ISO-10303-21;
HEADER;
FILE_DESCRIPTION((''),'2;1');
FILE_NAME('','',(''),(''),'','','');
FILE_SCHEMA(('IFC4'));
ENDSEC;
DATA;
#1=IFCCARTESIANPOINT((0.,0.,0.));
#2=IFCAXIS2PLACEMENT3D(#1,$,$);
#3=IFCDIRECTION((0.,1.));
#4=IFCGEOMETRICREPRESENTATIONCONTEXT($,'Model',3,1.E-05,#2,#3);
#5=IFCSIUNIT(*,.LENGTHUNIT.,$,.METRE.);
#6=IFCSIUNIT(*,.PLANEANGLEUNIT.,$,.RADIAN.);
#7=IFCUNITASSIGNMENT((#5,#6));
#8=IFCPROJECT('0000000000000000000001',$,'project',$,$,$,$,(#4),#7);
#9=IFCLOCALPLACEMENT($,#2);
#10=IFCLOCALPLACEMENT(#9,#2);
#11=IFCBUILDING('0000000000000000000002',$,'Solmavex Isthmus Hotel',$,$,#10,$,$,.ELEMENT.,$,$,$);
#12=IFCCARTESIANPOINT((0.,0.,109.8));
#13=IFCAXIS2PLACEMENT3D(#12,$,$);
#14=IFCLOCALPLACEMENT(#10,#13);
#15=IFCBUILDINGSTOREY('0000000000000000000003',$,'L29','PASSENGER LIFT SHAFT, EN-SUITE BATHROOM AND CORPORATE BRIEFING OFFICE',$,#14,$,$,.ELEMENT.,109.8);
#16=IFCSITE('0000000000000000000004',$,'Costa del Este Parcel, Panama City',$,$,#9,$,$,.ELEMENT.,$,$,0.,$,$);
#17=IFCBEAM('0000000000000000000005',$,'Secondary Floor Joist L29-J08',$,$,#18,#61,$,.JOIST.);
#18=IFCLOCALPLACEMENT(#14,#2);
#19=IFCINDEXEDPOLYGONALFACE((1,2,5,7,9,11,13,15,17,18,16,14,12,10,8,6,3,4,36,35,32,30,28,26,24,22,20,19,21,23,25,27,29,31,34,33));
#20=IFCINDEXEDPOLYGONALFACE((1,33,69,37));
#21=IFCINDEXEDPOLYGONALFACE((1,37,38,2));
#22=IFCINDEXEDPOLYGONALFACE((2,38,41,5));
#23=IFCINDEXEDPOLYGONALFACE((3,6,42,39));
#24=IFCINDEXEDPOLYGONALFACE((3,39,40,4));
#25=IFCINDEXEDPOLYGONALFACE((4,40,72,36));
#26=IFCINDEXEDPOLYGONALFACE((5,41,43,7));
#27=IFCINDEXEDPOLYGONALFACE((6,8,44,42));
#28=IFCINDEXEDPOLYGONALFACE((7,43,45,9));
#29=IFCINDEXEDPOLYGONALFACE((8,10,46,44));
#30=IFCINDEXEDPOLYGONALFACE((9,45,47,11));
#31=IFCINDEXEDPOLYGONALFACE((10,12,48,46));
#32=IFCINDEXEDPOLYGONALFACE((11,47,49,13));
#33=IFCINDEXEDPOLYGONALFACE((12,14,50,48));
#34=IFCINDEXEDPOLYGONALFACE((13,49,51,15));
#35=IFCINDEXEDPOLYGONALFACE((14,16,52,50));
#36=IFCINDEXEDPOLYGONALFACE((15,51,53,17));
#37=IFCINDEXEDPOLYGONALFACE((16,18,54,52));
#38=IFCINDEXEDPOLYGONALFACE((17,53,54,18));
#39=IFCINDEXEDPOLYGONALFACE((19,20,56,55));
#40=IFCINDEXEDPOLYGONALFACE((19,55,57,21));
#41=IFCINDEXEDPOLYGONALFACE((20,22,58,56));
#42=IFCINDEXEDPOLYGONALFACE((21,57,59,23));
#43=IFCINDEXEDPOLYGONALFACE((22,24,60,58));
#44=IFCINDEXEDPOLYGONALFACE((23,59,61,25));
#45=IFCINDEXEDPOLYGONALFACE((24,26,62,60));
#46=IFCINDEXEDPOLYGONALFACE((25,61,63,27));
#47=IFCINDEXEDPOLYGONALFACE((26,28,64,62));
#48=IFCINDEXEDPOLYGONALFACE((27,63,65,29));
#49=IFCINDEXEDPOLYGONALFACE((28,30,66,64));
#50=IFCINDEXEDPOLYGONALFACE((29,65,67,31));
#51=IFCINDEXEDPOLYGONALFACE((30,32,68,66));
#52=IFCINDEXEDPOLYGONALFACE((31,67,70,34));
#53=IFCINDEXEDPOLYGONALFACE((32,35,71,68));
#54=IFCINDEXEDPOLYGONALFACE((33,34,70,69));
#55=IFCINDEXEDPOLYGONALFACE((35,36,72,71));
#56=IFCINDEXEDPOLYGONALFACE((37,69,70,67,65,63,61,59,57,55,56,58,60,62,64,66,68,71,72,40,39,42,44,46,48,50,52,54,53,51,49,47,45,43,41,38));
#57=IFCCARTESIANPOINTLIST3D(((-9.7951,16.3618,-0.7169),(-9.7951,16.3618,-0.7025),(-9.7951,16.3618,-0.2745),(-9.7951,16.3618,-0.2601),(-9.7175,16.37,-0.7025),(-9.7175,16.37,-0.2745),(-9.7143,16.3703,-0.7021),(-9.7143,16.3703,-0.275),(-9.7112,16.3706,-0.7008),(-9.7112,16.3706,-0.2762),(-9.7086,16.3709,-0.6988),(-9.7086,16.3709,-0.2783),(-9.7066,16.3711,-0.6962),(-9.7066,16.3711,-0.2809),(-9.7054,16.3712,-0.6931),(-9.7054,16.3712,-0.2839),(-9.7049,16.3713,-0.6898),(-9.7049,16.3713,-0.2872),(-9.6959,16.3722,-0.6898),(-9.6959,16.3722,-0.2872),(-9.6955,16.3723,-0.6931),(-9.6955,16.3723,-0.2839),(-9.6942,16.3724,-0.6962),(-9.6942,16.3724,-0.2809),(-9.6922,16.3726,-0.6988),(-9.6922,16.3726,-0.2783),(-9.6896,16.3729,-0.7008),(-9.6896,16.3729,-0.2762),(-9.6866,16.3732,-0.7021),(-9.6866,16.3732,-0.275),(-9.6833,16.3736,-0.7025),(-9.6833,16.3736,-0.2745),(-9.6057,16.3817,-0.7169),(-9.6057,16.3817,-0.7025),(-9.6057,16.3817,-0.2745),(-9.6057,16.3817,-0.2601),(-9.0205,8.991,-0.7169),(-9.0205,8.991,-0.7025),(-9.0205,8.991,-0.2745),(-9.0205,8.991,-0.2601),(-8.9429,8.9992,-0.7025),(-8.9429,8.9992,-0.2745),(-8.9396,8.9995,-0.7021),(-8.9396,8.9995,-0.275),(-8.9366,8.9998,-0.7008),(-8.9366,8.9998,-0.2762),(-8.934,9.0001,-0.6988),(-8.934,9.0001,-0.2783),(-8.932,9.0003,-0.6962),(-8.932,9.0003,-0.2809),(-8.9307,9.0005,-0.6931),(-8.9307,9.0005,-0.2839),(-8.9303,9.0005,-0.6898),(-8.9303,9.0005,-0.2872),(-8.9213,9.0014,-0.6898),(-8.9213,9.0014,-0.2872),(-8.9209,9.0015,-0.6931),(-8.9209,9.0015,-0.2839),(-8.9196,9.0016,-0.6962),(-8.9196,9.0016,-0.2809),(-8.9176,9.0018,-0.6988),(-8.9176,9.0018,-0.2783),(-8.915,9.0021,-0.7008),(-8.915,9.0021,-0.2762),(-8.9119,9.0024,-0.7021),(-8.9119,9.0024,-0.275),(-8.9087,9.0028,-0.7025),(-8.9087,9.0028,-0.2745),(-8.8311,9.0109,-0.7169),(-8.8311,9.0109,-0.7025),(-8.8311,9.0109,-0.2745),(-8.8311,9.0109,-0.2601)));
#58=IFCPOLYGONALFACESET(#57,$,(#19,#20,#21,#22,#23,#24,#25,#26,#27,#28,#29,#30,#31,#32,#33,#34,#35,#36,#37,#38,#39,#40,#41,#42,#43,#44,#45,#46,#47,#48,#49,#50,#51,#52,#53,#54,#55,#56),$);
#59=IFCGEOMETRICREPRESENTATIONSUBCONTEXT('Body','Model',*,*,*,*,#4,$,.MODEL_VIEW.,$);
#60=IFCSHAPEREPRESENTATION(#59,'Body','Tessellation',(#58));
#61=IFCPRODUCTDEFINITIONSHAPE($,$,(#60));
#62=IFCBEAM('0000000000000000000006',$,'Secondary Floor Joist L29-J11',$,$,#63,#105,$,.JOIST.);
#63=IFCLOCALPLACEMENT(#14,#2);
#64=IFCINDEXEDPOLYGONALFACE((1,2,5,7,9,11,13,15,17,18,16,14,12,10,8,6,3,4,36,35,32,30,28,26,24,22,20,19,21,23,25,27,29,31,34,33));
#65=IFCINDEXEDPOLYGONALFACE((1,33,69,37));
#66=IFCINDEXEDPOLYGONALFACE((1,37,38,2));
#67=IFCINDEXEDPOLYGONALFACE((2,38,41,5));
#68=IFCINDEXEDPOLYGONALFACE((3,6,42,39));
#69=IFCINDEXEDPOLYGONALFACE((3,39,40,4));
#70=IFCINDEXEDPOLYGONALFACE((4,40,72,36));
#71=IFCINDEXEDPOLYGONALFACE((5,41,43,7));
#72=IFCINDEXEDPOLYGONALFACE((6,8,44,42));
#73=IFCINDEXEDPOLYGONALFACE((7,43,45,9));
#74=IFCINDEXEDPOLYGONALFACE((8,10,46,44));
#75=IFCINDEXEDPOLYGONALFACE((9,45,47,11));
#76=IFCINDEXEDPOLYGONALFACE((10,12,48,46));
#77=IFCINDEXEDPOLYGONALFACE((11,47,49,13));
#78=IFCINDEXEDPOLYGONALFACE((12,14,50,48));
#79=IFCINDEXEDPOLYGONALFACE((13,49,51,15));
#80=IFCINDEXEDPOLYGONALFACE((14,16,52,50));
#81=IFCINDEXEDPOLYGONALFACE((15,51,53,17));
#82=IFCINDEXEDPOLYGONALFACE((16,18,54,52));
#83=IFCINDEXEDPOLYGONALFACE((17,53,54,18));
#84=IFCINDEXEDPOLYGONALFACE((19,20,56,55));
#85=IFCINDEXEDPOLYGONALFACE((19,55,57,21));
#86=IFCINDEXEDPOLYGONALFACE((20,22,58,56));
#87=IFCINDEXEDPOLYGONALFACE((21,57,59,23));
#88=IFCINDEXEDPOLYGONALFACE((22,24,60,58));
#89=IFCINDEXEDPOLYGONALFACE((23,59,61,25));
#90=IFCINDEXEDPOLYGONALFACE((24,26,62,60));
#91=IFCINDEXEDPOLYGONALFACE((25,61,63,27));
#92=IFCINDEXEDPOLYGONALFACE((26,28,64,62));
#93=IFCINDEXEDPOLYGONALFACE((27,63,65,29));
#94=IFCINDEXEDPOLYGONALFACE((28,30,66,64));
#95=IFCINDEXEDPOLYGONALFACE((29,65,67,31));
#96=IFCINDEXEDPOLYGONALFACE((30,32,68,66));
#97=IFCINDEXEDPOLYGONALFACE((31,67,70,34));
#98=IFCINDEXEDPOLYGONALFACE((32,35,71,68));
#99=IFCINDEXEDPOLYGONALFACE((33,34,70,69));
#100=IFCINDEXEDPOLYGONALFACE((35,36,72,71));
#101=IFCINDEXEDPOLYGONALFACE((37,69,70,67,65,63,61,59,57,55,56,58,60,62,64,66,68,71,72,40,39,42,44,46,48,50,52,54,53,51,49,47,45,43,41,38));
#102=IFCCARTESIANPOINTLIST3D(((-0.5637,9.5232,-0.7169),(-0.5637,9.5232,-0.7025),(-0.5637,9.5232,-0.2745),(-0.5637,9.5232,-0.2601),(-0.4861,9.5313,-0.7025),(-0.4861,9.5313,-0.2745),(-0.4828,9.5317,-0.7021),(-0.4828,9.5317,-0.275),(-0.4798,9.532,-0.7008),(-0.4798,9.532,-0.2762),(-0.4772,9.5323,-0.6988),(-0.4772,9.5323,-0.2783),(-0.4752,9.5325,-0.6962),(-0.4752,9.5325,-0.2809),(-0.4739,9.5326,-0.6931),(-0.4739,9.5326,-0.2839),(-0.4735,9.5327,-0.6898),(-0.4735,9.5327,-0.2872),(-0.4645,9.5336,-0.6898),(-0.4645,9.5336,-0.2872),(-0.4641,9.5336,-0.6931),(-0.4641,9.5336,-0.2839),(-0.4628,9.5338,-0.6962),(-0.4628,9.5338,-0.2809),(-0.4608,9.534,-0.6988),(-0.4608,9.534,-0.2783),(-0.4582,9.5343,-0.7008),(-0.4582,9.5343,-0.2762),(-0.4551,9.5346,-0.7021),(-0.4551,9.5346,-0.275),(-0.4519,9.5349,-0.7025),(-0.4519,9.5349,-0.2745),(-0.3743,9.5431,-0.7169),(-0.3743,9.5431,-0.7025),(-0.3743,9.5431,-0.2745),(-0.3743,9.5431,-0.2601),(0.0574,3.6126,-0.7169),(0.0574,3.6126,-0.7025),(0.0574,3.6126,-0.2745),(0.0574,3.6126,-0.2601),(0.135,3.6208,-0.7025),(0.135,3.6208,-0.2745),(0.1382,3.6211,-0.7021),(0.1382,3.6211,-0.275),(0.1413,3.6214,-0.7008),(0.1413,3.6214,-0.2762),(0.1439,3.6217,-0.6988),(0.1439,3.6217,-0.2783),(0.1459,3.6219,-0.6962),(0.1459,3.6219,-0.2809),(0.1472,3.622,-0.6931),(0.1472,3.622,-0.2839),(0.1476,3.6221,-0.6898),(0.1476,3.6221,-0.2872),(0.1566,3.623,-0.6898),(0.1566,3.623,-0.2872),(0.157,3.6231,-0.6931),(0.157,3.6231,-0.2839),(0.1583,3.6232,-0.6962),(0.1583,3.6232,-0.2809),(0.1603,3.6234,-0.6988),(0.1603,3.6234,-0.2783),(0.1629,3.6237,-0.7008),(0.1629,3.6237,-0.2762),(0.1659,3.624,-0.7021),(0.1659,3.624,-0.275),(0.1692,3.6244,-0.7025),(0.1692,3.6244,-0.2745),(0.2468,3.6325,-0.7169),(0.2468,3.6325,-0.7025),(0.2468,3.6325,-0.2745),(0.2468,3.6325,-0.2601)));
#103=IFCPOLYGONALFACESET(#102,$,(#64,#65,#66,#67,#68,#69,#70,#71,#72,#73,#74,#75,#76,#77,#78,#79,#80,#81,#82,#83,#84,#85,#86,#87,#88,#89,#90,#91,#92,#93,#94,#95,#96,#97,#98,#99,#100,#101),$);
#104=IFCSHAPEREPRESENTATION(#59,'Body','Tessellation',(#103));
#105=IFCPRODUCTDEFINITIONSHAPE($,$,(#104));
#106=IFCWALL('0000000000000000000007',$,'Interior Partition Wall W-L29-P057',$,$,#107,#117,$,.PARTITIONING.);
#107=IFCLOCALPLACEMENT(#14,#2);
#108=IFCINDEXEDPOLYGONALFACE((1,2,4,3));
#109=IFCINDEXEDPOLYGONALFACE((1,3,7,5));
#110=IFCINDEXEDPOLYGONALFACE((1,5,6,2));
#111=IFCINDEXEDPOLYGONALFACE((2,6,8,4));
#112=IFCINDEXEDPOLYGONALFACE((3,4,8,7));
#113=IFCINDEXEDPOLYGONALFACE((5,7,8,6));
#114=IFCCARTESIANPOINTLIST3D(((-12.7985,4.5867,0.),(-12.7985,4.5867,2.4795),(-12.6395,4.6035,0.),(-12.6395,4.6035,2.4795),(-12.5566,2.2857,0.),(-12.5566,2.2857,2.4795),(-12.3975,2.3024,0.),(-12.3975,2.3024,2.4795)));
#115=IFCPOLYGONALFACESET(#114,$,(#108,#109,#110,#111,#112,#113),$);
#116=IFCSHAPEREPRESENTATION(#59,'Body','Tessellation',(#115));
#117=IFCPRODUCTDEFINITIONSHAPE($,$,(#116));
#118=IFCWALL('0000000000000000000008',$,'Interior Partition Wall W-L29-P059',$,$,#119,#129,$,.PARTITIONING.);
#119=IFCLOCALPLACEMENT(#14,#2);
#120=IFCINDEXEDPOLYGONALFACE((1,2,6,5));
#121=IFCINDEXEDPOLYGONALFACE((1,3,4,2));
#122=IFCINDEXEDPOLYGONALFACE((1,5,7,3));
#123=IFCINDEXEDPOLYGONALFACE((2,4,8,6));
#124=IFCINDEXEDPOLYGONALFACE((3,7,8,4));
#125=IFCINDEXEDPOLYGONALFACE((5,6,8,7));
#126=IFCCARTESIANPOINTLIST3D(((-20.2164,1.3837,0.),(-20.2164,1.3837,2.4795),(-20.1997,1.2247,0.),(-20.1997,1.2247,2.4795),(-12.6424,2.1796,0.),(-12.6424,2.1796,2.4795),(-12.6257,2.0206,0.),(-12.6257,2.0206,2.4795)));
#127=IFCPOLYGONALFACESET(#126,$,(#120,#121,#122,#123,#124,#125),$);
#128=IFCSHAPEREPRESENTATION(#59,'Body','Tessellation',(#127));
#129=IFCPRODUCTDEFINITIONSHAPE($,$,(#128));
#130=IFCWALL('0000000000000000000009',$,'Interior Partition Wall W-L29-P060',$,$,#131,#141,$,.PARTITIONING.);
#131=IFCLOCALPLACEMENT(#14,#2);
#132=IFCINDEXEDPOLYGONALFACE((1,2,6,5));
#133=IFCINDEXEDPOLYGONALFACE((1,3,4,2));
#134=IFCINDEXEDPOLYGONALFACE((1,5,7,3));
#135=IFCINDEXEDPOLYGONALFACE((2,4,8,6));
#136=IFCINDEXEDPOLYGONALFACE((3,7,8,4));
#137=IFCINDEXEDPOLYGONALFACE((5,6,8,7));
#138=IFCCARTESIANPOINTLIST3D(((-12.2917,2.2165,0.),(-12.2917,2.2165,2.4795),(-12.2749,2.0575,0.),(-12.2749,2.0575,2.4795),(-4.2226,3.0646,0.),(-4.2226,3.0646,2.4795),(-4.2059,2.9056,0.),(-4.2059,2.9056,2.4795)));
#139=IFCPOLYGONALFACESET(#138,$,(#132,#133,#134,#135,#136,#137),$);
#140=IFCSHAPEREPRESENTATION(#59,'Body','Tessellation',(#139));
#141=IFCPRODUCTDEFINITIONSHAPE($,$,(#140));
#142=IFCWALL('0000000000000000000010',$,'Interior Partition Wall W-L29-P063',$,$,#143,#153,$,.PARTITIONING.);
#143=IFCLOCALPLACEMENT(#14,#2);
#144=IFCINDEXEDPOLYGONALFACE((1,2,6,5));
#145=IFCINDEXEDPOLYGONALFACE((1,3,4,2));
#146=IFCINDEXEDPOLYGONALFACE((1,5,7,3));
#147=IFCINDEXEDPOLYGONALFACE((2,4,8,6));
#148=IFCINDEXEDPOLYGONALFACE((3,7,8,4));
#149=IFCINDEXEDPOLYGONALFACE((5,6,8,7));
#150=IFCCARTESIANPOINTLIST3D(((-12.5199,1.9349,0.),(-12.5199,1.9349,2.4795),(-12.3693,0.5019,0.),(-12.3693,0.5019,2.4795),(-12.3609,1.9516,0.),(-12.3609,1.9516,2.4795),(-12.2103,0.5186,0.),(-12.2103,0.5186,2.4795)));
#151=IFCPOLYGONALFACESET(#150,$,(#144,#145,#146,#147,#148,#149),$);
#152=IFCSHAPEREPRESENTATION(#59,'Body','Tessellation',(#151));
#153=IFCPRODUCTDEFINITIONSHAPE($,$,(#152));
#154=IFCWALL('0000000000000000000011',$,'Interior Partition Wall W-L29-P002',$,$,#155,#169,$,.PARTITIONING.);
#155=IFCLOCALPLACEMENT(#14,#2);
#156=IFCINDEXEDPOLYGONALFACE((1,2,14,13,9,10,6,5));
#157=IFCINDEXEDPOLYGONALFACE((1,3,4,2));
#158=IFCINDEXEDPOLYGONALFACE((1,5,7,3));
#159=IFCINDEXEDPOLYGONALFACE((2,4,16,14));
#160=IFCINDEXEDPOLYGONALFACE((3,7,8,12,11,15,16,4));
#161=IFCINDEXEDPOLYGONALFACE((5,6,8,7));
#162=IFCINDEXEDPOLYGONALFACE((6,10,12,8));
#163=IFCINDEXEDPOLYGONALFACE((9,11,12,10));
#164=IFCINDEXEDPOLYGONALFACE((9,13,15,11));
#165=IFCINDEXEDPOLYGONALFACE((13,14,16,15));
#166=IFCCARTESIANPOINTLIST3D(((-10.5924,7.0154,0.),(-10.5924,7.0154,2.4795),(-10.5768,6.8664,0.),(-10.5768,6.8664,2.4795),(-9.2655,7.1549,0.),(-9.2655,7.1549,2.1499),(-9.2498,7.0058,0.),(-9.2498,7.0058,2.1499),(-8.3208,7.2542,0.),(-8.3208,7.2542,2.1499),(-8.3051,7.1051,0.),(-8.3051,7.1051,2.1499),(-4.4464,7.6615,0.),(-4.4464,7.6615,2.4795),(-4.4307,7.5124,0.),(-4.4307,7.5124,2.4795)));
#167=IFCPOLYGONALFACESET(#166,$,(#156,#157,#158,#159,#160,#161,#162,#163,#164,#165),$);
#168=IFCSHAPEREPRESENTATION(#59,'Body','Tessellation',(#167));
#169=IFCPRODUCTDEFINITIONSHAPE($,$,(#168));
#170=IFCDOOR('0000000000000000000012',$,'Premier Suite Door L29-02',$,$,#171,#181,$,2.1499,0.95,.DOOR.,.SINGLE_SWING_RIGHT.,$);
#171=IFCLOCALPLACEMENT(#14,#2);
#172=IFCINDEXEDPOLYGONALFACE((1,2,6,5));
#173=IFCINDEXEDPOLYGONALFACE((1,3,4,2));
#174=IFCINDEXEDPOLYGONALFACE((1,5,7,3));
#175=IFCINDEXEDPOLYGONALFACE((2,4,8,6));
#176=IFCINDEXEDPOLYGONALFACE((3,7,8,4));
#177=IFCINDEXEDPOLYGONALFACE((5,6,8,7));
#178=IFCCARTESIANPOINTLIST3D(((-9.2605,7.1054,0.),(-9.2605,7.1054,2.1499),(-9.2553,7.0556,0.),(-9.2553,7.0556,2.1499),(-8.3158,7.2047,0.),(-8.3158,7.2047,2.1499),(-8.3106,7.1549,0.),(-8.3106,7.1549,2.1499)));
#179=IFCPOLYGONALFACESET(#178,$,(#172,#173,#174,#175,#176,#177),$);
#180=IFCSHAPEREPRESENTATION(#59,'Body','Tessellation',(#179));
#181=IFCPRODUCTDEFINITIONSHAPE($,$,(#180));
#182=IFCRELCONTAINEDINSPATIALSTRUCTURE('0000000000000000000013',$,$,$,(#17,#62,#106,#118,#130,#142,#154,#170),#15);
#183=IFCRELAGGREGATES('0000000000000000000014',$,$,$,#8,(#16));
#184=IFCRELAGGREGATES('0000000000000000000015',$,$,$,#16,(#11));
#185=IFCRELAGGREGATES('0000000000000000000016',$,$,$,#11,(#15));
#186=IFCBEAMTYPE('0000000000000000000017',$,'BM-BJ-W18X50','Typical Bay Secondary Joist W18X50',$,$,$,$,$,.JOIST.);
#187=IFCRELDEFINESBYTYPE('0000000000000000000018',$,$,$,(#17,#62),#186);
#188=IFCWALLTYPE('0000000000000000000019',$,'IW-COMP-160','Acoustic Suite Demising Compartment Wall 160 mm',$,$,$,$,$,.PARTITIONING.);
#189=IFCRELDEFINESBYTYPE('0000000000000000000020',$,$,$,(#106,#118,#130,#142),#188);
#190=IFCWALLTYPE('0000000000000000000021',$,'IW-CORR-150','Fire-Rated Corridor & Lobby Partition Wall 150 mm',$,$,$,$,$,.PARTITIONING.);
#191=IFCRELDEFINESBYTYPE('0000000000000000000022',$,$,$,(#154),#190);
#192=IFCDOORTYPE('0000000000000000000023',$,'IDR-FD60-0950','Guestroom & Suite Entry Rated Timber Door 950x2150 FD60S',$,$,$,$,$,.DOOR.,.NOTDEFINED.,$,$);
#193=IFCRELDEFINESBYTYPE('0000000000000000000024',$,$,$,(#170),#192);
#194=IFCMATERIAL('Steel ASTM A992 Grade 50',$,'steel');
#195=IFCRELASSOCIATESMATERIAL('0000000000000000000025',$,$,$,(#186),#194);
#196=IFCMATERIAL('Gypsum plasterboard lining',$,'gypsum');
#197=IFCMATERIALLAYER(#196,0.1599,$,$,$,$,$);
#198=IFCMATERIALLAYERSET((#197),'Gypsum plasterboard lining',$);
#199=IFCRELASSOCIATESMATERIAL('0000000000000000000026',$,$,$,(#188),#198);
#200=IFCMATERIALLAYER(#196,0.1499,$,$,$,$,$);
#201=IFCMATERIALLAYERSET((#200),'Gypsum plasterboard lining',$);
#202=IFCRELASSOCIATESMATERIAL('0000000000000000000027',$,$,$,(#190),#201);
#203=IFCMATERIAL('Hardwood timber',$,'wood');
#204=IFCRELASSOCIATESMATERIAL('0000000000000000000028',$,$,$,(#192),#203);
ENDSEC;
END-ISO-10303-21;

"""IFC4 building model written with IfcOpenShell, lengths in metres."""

from ifc_helpers import new_model, si_unit, direction, frame, frame_2d, origin, origin_2d, place, context, subcontext, project, spatial, rectangle, i_section, extrude, material, layer, layer_set, material_profile, profile_set, type_object, element, fill, save


model = new_model("IFC4")

# Units and contexts
model_context = context("Model", 3, precision=1e-05, world=origin(), true_north=direction((0.0, 1.0)))
body_context = subcontext(model_context, "Body", "Model", "MODEL_VIEW")
ifc_project = project(units=[si_unit("LENGTHUNIT", "METRE"), si_unit("PLANEANGLEUNIT", "RADIAN")], contexts=[model_context])

# Site, building, storey
site_placement = place(None, origin())
site = spatial("IfcSite", under=ifc_project, at=site_placement, Name="Costa del Este Parcel, Panama City", CompositionType="ELEMENT", RefElevation=0.0)
building_placement = place(site_placement, origin())
building = spatial("IfcBuilding", under=site, at=building_placement, Name="Solmavex Isthmus Hotel", CompositionType="ELEMENT")
storey_placement = place(building_placement, frame((0.0, 0.0, 109.8)))
storey = spatial("IfcBuildingStorey", under=building, at=storey_placement, Name="L29", Description="PASSENGER LIFT SHAFT, EN-SUITE BATHROOM AND CORPORATE BRIEFING OFFICE", CompositionType="ELEMENT", Elevation=109.8)

# Beams
ifc_material_1 = material(Name="Steel ASTM A992 Grade 50", Category="steel")
ifc_material_profile_1 = material_profile(ifc_material_1, i_section(OverallWidth=0.1904, OverallDepth=0.4568, WebThickness=0.009, FlangeThickness=0.0144, FilletRadius=0.0127, at=origin_2d()), Name="W18X50")
ifc_profile_set_1 = profile_set([ifc_material_profile_1], Name="Steel ASTM A992 Grade 50")
beam_type_1 = type_object("IfcBeamType", Name="BM-BJ-W18X50", Description="Typical Bay Secondary Joist W18X50", PredefinedType="JOIST", material=ifc_profile_set_1)
beam_1_placement = place(storey_placement, frame((-8.9258, 9.001, -0.4885), z_axis=(-0.104522, 0.994523, 0.0), x_axis=(-0.994523, -0.104522, 0.0)))
element("IfcBeam", 1, at=beam_1_placement, inside=storey, type_object=beam_type_1, Name="Secondary Floor Joist L29-J08", PredefinedType="JOIST", context=body_context, shape_type="SweptSolid", body=[
    extrude(i_section(OverallWidth=0.1904, OverallDepth=0.4568, WebThickness=0.009, FlangeThickness=0.0144, FilletRadius=0.0127, at=origin_2d()), origin(), (0.0, 0.0, 1.0), 7.4114),
])
beam_2_placement = place(storey_placement, frame((0.1521, 3.6226, -0.4885), z_axis=(-0.104505, 0.994524, 0.0), x_axis=(-0.994524, -0.104505, 0.0)))
element("IfcBeam", 2, at=beam_2_placement, inside=storey, type_object=beam_type_1, Name="Secondary Floor Joist L29-J11", PredefinedType="JOIST", context=body_context, shape_type="SweptSolid", body=[
    extrude(i_section(OverallWidth=0.1904, OverallDepth=0.4568, WebThickness=0.009, FlangeThickness=0.0144, FilletRadius=0.0127, at=origin_2d()), origin(), (0.0, 0.0, 1.0), 5.9431),
])

# Walls
ifc_material_2 = material(Name="Gypsum plasterboard lining", Category="gypsum")
ifc_layer_1 = layer(ifc_material_2, 0.1599)
ifc_layer_set_1 = layer_set([ifc_layer_1], Name="Gypsum plasterboard lining")
wall_type_1 = type_object("IfcWallType", Name="IW-COMP-160", Description="Acoustic Suite Demising Compartment Wall 160 mm", PredefinedType="PARTITIONING", material=ifc_layer_set_1)
wall_1_placement = place(storey_placement, frame((-12.719, 4.595, 0.0), z_axis=(0.0, 0.0, 1.0), x_axis=(0.104569, -0.994518, 0.0)))
element("IfcWall", 3, at=wall_1_placement, inside=storey, type_object=wall_type_1, Name="Interior Partition Wall W-L29-P057", PredefinedType="PARTITIONING", context=body_context, shape_type="SweptSolid", body=[
    extrude(rectangle(XDim=2.3137, YDim=0.1599, at=frame_2d((1.1567, 0.0))), origin(), (0.0, 0.0, 1.0), 2.4795),
])
wall_2_placement = place(storey_placement, frame((-12.634, 2.1001, 0.0), z_axis=(0.0, 0.0, 1.0), x_axis=(-0.994524, -0.104508, 0.0)))
element("IfcWall", 4, at=wall_2_placement, inside=storey, type_object=wall_type_1, Name="Interior Partition Wall W-L29-P059", PredefinedType="PARTITIONING", context=body_context, shape_type="SweptSolid", body=[
    extrude(rectangle(XDim=7.6157, YDim=0.1599, at=frame_2d((3.8079, 0.0))), origin(), (0.0, 0.0, 1.0), 2.4795),
])
wall_3_placement = place(storey_placement, frame((-4.2144, 2.9851, 0.0), z_axis=(0.0, 0.0, 1.0), x_axis=(-0.994521, -0.104534, 0.0)))
element("IfcWall", 5, at=wall_3_placement, inside=storey, type_object=wall_type_1, Name="Interior Partition Wall W-L29-P060", PredefinedType="PARTITIONING", context=body_context, shape_type="SweptSolid", body=[
    extrude(rectangle(XDim=8.1135, YDim=0.1599, at=frame_2d((4.0566, 0.0))), origin(), (0.0, 0.0, 1.0), 2.4795),
])
wall_4_placement = place(storey_placement, frame((-12.2898, 0.5103, 0.0), z_axis=(0.0, 0.0, 1.0), x_axis=(-0.104535, 0.994521, 0.0)))
element("IfcWall", 6, at=wall_4_placement, inside=storey, type_object=wall_type_1, Name="Interior Partition Wall W-L29-P063", PredefinedType="PARTITIONING", context=body_context, shape_type="SweptSolid", body=[
    extrude(rectangle(XDim=1.4409, YDim=0.1599, at=frame_2d((0.7205, 0.0))), origin(), (0.0, 0.0, 1.0), 2.4795),
])

# Wall, opening, door
ifc_layer_2 = layer(ifc_material_2, 0.1499)
ifc_layer_set_2 = layer_set([ifc_layer_2], Name="Gypsum plasterboard lining")
wall_type_2 = type_object("IfcWallType", Name="IW-CORR-150", Description="Fire-Rated Corridor & Lobby Partition Wall 150 mm", PredefinedType="PARTITIONING", material=ifc_layer_set_2)
wall_5_placement = place(storey_placement, frame((-10.5845, 6.9409, 0.0), z_axis=(0.0, 0.0, 1.0), x_axis=(0.994521, 0.104533, 0.0)))
wall_5 = element("IfcWall", 7, at=wall_5_placement, inside=storey, type_object=wall_type_2, Name="Interior Partition Wall W-L29-P002", PredefinedType="PARTITIONING", context=body_context, shape_type="SweptSolid", body=[
    extrude(rectangle(XDim=6.1799, YDim=0.1499, at=frame_2d((3.0898, 0.0))), origin(), (0.0, 0.0, 1.0), 2.4795),
])
opening_1_placement = place(wall_5_placement, frame((1.334, 0.0, 0.0)))
opening_1 = element("IfcOpeningElement", 8, at=opening_1_placement, cuts=wall_5, PredefinedType="OPENING", context=body_context, shape_type="SweptSolid", body=[
    extrude(rectangle(XDim=0.95, YDim=2.1499, at=frame_2d((0.4751, 1.075))), frame((0.0, 0.085, 0.0), z_axis=(0.0, -1.0, 0.0), x_axis=(1.0, 0.0, 0.0)), (0.0, 0.0, 1.0), 0.1699),
])
ifc_material_3 = material(Name="Hardwood timber", Category="wood")
door_type_1 = type_object("IfcDoorType", Name="IDR-FD60-0950", Description="Guestroom & Suite Entry Rated Timber Door 950x2150 FD60S", OperationType="NOTDEFINED", PredefinedType="DOOR", material=ifc_material_3)
door_1_placement = place(opening_1_placement, frame((0.95, 0.0, 0.0), z_axis=(0.0, 0.0, 1.0), x_axis=(-1.0, 0.0, 0.0)))
door_1 = element("IfcDoor", 9, at=door_1_placement, inside=storey, type_object=door_type_1, Name="Premier Suite Door L29-02", OperationType="SINGLE_SWING_RIGHT", OverallHeight=2.1499, OverallWidth=0.95, PredefinedType="DOOR", context=body_context, shape_type="SweptSolid", body=[
    extrude(rectangle(XDim=0.95, YDim=2.1499, at=frame_2d((0.4751, 1.075))), frame((0.0, 0.0249, 0.0), z_axis=(0.0, -1.0, 0.0), x_axis=(1.0, 0.0, 0.0)), (0.0, 0.0, 1.0), 0.05),
])
fill(opening_1, door_1)

save(model, "model.ifc")
